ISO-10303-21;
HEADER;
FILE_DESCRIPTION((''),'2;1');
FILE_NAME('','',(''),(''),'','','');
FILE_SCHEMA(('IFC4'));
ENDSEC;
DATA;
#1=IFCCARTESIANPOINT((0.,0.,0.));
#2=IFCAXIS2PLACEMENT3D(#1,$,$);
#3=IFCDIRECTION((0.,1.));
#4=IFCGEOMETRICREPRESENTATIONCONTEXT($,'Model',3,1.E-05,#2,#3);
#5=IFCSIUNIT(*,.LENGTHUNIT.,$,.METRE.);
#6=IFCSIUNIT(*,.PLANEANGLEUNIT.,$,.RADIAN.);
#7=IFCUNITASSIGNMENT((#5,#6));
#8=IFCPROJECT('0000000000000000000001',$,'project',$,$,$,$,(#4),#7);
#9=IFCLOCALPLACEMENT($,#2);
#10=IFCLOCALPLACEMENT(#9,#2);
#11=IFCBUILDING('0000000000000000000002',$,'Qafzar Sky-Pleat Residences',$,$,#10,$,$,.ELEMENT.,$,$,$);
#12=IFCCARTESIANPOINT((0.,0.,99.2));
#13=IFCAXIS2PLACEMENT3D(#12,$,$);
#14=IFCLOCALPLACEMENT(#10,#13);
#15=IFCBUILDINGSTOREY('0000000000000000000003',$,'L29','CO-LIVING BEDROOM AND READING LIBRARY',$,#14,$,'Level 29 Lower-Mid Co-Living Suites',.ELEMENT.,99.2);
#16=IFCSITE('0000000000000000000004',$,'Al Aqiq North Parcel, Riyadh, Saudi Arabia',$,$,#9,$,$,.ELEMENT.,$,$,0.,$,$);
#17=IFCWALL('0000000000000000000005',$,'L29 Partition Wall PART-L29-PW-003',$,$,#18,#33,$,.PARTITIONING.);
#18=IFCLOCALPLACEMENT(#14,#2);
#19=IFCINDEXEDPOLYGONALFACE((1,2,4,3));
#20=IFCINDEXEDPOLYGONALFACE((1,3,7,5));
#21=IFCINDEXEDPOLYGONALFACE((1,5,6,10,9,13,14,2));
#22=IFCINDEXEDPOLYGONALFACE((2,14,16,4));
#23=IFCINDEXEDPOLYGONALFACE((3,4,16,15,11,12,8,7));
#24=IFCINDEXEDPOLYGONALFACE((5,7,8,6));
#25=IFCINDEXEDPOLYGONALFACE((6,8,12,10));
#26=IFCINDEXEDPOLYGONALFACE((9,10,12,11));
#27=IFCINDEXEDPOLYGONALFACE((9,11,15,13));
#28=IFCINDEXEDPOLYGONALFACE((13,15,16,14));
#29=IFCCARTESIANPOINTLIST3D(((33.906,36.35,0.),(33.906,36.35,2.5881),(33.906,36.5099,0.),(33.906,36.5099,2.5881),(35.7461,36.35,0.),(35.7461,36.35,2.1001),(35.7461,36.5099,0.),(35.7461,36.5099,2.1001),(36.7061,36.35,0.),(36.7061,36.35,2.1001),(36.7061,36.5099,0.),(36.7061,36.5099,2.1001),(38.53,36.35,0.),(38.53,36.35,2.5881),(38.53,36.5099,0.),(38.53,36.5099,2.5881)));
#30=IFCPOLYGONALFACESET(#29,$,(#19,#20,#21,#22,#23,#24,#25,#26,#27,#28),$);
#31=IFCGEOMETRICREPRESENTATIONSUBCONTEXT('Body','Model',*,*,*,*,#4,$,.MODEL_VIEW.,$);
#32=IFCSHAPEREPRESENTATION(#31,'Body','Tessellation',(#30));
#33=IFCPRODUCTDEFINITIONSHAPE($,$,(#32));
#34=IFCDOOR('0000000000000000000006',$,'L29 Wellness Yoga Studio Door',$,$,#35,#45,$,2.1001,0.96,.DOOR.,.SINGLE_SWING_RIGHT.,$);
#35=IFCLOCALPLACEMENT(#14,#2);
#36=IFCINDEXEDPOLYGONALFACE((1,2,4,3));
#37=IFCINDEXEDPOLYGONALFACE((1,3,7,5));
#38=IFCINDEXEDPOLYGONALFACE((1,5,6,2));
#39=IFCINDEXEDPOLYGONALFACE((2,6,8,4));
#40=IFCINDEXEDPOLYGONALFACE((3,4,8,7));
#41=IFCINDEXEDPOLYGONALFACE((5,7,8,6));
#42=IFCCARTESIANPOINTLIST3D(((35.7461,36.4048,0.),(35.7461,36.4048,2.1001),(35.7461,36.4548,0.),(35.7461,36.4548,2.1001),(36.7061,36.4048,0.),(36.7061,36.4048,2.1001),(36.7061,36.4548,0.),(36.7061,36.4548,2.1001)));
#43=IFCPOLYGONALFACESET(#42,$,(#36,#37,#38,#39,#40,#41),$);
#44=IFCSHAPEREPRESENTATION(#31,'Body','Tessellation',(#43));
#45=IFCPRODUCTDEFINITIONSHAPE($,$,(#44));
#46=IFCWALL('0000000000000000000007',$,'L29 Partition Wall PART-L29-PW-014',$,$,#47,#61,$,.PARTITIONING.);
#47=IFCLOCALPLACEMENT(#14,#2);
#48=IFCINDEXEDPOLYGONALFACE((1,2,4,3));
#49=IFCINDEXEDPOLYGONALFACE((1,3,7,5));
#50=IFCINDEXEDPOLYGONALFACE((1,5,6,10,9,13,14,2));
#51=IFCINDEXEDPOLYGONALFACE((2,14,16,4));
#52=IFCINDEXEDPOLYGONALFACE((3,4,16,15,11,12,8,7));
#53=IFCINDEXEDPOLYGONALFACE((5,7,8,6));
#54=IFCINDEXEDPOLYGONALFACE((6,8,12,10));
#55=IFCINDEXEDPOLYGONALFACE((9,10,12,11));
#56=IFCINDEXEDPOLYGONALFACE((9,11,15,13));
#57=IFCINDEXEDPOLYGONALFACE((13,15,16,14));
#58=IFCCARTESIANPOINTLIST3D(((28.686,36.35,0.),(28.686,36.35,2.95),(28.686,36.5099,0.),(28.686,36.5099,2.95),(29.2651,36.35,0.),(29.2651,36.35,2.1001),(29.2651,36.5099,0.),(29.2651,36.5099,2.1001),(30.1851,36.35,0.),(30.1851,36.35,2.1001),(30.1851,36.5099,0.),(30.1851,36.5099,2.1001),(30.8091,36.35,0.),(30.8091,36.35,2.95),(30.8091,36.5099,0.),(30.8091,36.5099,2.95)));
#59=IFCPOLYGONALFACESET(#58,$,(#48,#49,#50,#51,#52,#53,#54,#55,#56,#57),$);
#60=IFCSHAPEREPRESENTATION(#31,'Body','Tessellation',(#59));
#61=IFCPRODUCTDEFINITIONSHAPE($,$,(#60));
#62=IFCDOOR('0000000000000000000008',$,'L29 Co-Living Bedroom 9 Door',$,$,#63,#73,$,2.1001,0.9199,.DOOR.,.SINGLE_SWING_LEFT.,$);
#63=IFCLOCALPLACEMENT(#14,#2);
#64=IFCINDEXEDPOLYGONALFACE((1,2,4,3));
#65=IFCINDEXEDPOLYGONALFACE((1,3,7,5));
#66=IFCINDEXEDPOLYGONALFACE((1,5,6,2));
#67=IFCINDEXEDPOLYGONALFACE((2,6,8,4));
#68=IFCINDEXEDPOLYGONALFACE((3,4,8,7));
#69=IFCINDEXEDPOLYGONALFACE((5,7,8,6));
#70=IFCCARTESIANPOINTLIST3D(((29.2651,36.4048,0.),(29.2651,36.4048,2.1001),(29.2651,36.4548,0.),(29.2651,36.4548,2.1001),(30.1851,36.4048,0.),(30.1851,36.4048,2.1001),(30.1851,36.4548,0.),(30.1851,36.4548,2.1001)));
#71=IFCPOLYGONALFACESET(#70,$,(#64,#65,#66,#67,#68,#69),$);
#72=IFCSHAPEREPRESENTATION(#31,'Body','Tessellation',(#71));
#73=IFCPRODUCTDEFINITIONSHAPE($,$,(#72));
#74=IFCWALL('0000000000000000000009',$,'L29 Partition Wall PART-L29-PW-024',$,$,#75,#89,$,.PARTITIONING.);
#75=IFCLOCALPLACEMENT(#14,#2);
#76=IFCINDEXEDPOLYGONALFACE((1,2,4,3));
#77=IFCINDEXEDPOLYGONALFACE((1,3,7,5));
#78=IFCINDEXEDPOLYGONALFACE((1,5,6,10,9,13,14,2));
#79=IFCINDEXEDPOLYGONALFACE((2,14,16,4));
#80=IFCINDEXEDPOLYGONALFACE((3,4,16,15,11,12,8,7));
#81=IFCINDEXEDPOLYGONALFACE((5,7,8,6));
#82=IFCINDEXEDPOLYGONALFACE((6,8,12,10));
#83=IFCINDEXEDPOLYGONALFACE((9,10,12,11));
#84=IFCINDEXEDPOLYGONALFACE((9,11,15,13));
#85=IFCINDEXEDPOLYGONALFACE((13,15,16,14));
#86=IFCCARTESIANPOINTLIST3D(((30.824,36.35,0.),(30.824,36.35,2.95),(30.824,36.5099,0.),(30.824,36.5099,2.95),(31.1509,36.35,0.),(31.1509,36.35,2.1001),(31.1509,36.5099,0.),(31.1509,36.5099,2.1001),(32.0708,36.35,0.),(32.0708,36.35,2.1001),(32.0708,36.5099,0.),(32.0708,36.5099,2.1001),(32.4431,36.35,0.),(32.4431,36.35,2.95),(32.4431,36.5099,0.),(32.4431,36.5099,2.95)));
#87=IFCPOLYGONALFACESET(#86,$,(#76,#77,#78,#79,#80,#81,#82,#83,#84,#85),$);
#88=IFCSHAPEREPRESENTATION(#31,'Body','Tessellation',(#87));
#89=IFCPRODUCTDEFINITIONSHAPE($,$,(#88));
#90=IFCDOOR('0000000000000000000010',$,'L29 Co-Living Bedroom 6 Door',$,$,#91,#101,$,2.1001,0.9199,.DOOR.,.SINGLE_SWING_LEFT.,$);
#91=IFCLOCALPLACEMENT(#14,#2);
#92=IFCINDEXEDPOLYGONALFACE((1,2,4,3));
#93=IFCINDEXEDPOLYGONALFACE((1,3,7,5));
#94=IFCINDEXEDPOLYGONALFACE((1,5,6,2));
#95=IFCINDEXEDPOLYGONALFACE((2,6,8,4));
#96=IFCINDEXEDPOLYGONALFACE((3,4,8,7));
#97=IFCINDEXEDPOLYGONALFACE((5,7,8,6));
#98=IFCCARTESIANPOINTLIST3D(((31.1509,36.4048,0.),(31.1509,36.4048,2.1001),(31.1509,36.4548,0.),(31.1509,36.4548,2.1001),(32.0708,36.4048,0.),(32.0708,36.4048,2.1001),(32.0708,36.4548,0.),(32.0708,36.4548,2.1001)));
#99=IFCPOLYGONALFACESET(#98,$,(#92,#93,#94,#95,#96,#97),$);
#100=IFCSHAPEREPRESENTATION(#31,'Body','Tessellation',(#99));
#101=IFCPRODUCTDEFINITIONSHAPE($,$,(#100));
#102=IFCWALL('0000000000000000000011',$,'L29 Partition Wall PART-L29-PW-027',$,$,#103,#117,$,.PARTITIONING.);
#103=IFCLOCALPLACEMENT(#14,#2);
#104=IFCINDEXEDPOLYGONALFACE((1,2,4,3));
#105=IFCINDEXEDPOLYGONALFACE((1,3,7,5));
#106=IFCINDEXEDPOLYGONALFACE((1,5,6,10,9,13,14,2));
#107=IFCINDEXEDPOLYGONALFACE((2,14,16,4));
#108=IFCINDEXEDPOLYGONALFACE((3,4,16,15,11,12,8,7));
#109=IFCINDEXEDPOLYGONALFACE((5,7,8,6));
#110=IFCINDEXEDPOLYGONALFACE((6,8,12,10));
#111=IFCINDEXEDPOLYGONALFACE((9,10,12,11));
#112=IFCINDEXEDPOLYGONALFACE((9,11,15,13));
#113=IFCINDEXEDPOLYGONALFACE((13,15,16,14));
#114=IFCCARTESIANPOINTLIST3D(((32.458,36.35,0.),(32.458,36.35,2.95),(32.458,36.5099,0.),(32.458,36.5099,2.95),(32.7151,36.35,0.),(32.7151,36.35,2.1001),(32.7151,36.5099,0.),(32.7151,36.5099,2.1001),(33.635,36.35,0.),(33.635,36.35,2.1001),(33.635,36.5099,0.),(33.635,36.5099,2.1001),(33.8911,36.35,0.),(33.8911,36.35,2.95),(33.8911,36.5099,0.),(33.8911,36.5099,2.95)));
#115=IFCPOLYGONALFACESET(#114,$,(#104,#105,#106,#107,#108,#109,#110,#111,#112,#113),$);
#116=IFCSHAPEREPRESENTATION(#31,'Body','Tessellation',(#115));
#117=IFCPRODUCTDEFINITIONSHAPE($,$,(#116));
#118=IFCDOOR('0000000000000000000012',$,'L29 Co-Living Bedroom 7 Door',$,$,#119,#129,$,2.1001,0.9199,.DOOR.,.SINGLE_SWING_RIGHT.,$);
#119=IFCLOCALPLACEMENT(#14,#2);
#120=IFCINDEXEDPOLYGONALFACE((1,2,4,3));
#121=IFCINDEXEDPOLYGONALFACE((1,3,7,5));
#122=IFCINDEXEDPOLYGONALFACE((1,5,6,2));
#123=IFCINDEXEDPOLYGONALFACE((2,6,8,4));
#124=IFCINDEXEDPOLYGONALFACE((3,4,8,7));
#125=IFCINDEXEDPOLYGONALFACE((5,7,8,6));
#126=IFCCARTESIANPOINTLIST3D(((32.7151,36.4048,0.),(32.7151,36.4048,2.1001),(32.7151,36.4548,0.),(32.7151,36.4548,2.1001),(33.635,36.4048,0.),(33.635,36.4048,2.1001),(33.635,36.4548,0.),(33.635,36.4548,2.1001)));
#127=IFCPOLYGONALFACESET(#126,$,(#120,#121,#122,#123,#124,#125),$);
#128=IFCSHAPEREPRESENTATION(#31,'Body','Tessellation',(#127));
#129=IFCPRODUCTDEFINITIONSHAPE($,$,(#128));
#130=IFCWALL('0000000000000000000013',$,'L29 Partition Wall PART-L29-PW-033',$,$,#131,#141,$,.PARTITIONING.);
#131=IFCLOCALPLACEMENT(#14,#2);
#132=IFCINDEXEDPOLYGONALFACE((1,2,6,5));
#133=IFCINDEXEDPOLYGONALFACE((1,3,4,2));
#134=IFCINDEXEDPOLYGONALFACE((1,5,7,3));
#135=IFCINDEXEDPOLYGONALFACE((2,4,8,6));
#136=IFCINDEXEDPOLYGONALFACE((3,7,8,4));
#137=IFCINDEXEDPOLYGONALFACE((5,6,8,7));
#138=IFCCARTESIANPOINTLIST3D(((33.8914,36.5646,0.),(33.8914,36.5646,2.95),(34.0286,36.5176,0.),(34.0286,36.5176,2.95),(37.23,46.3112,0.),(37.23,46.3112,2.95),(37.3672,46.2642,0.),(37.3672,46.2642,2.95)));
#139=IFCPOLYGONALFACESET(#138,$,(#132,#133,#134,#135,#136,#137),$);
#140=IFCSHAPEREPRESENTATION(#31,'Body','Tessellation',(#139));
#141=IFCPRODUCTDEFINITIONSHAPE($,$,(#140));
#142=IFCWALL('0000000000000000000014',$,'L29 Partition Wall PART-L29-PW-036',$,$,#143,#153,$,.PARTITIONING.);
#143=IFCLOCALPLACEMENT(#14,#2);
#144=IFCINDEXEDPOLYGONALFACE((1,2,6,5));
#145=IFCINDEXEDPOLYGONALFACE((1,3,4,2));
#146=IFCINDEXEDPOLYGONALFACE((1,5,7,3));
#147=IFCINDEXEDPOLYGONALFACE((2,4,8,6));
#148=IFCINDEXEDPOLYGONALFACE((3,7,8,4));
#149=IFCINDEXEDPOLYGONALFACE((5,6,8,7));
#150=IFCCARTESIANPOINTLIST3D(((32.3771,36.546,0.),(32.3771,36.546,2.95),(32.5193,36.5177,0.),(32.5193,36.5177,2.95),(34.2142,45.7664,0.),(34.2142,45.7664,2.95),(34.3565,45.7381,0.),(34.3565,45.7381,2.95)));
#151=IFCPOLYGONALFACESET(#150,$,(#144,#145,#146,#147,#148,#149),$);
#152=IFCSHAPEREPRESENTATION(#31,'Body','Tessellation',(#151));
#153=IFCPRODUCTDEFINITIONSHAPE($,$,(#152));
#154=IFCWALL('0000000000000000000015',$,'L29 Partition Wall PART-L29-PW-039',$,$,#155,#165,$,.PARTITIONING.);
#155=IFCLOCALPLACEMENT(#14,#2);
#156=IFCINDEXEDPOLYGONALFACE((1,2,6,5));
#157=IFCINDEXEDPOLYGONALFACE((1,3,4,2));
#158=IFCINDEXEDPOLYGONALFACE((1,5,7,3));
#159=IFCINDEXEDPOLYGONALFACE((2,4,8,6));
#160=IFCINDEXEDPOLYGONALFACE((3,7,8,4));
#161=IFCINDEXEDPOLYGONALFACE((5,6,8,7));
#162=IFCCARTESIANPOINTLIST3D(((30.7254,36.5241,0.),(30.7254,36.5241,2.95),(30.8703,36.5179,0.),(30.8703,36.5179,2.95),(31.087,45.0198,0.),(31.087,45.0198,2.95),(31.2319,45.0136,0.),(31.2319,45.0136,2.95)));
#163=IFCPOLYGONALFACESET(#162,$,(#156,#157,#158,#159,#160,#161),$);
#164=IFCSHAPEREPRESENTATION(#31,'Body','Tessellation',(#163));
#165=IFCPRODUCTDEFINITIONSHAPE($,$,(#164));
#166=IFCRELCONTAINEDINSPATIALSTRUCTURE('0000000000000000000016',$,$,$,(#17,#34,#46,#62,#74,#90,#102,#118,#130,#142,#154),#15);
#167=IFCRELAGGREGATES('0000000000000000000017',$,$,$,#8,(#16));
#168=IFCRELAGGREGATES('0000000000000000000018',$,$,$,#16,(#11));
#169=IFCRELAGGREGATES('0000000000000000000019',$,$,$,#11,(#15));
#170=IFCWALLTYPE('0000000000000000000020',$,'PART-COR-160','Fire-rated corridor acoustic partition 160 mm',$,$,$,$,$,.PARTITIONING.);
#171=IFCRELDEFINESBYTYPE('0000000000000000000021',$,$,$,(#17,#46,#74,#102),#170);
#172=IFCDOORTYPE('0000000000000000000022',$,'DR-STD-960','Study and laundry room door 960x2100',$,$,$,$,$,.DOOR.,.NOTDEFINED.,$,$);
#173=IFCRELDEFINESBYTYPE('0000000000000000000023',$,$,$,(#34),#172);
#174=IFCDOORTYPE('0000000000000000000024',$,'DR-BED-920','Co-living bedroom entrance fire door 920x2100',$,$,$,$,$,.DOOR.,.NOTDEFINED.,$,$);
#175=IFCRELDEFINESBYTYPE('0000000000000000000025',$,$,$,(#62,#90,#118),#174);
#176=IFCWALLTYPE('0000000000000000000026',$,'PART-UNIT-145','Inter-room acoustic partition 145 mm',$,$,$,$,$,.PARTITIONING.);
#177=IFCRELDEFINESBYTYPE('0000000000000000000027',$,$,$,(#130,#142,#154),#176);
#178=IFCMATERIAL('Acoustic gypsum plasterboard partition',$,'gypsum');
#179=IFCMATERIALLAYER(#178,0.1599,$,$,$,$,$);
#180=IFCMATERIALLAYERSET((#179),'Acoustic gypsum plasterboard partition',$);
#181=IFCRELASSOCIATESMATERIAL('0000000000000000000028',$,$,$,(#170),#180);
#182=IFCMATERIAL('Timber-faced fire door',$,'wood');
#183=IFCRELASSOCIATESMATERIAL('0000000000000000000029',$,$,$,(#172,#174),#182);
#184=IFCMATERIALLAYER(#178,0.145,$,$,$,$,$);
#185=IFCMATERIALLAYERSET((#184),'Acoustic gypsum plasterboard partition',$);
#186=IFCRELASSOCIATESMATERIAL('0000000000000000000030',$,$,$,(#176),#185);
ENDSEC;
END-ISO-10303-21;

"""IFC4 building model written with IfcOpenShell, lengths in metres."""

from ifc_helpers import new_model, si_unit, direction, frame, frame_2d, origin, place, context, subcontext, project, spatial, rectangle, extrude, source, transform, mapped, material, layer, layer_set, type_object, element, fill, save


model = new_model("IFC4")

# Units and contexts
model_context = context("Model", 3, precision=1e-05, world=origin(), true_north=direction((0.0, 1.0)))
body_context = subcontext(model_context, "Body", "Model", "MODEL_VIEW")
ifc_project = project(units=[si_unit("LENGTHUNIT", "METRE"), si_unit("PLANEANGLEUNIT", "RADIAN")], contexts=[model_context])

# Site, building, storey
site_placement = place(None, origin())
site = spatial("IfcSite", under=ifc_project, at=site_placement, Name="Al Aqiq North Parcel, Riyadh, Saudi Arabia", CompositionType="ELEMENT", RefElevation=0.0)
building_placement = place(site_placement, origin())
building = spatial("IfcBuilding", under=site, at=building_placement, Name="Qafzar Sky-Pleat Residences", CompositionType="ELEMENT")
storey_placement = place(building_placement, frame((0.0, 0.0, 99.2)))
storey = spatial("IfcBuildingStorey", under=building, at=storey_placement, Name="L29", Description="CO-LIVING BEDROOM AND READING LIBRARY", LongName="Level 29 Lower-Mid Co-Living Suites", CompositionType="ELEMENT", Elevation=99.2)

# Walls, openings, doors
ifc_material_1 = material(Name="Acoustic gypsum plasterboard partition", Category="gypsum")
ifc_layer_1 = layer(ifc_material_1, 0.1599)
ifc_layer_set_1 = layer_set([ifc_layer_1], Name="Acoustic gypsum plasterboard partition")
wall_type_1 = type_object("IfcWallType", Name="PART-COR-160", Description="Fire-rated corridor acoustic partition 160 mm", PredefinedType="PARTITIONING", material=ifc_layer_set_1)
wall_1_placement = place(storey_placement, frame((33.906, 36.4299, 0.0), z_axis=(0.0, 0.0, 1.0), x_axis=(1.0, 0.0, 0.0)))
wall_1 = element("IfcWall", 1, at=wall_1_placement, inside=storey, type_object=wall_type_1, Name="L29 Partition Wall PART-L29-PW-003", PredefinedType="PARTITIONING", context=body_context, shape_type="SweptSolid", body=[
    extrude(rectangle(XDim=4.624, YDim=0.1599, at=frame_2d((2.312, 0.0))), origin(), (0.0, 0.0, 1.0), 2.5881),
])
opening_1_placement = place(wall_1_placement, frame((1.8401, 0.0, 0.0)))
opening_1 = element("IfcOpeningElement", 2, at=opening_1_placement, cuts=wall_1, PredefinedType="OPENING", context=body_context, shape_type="SweptSolid", body=[
    extrude(rectangle(XDim=0.96, YDim=2.1001, at=frame_2d((0.48, 1.05))), frame((0.0, 0.0898, 0.0), z_axis=(0.0, -1.0, 0.0), x_axis=(1.0, 0.0, 0.0)), (0.0, 0.0, 1.0), 0.1799),
])
ifc_material_2 = material(Name="Timber-faced fire door", Category="wood")
door_type_1 = type_object("IfcDoorType", Name="DR-STD-960", Description="Study and laundry room door 960x2100", OperationType="NOTDEFINED", PredefinedType="DOOR", material=ifc_material_2)
shared_shape_1 = source(origin(), body_context, "Body", "SweptSolid", [
    extrude(rectangle(XDim=0.96, YDim=2.1001, at=frame_2d((0.48, 1.05))), frame((0.0, 0.0249, 0.0), z_axis=(0.0, -1.0, 0.0), x_axis=(1.0, 0.0, 0.0)), (0.0, 0.0, 1.0), 0.05),
])
door_1_placement = place(opening_1_placement, origin())
door_1 = element("IfcDoor", 3, at=door_1_placement, inside=storey, type_object=door_type_1, Name="L29 Wellness Yoga Studio Door", OperationType="SINGLE_SWING_RIGHT", OverallHeight=2.1001, OverallWidth=0.96, PredefinedType="DOOR", context=body_context, shape_type="MappedRepresentation", body=[
    mapped(shared_shape_1, transform((0.0, 0.0, 0.0), x_axis=(1.0, 0.0, 0.0), y_axis=(0.0, 1.0, 0.0), z_axis=(0.0, 0.0, 1.0), scale=1.0)),
])
fill(opening_1, door_1)
wall_2_placement = place(storey_placement, frame((28.686, 36.4299, 0.0), z_axis=(0.0, 0.0, 1.0), x_axis=(1.0, 0.0, 0.0)))
wall_2 = element("IfcWall", 4, at=wall_2_placement, inside=storey, type_object=wall_type_1, Name="L29 Partition Wall PART-L29-PW-014", PredefinedType="PARTITIONING", context=body_context, shape_type="SweptSolid", body=[
    extrude(rectangle(XDim=2.123, YDim=0.1599, at=frame_2d((1.0615, 0.0))), origin(), (0.0, 0.0, 1.0), 2.95),
])
opening_2_placement = place(wall_2_placement, frame((0.5791, 0.0, 0.0)))
opening_2 = element("IfcOpeningElement", 5, at=opening_2_placement, cuts=wall_2, PredefinedType="OPENING", context=body_context, shape_type="SweptSolid", body=[
    extrude(rectangle(XDim=0.9199, YDim=2.1001, at=frame_2d((0.46, 1.05))), frame((0.0, 0.0898, 0.0), z_axis=(0.0, -1.0, 0.0), x_axis=(1.0, 0.0, 0.0)), (0.0, 0.0, 1.0), 0.1799),
])
door_type_2 = type_object("IfcDoorType", Name="DR-BED-920", Description="Co-living bedroom entrance fire door 920x2100", OperationType="NOTDEFINED", PredefinedType="DOOR", material=ifc_material_2)
shared_shape_2 = source(origin(), body_context, "Body", "SweptSolid", [
    extrude(rectangle(XDim=0.9199, YDim=2.1001, at=frame_2d((0.46, 1.05))), frame((0.0, 0.0249, 0.0), z_axis=(0.0, -1.0, 0.0), x_axis=(1.0, 0.0, 0.0)), (0.0, 0.0, 1.0), 0.05),
])
door_2_placement = place(opening_2_placement, origin())
door_2 = element("IfcDoor", 6, at=door_2_placement, inside=storey, type_object=door_type_2, Name="L29 Co-Living Bedroom 9 Door", OperationType="SINGLE_SWING_LEFT", OverallHeight=2.1001, OverallWidth=0.9199, PredefinedType="DOOR", context=body_context, shape_type="MappedRepresentation", body=[
    mapped(shared_shape_2, transform((0.0, 0.0, 0.0), x_axis=(1.0, 0.0, 0.0), y_axis=(0.0, 1.0, 0.0), z_axis=(0.0, 0.0, 1.0), scale=1.0)),
])
fill(opening_2, door_2)
wall_3_placement = place(storey_placement, frame((30.824, 36.4299, 0.0), z_axis=(0.0, 0.0, 1.0), x_axis=(1.0, 0.0, 0.0)))
wall_3 = element("IfcWall", 7, at=wall_3_placement, inside=storey, type_object=wall_type_1, Name="L29 Partition Wall PART-L29-PW-024", PredefinedType="PARTITIONING", context=body_context, shape_type="SweptSolid", body=[
    extrude(rectangle(XDim=1.6191, YDim=0.1599, at=frame_2d((0.8096, 0.0))), origin(), (0.0, 0.0, 1.0), 2.95),
])
opening_3_placement = place(wall_3_placement, frame((0.3269, 0.0, 0.0)))
opening_3 = element("IfcOpeningElement", 8, at=opening_3_placement, cuts=wall_3, PredefinedType="OPENING", context=body_context, shape_type="SweptSolid", body=[
    extrude(rectangle(XDim=0.9199, YDim=2.1001, at=frame_2d((0.46, 1.05))), frame((0.0, 0.0898, 0.0), z_axis=(0.0, -1.0, 0.0), x_axis=(1.0, 0.0, 0.0)), (0.0, 0.0, 1.0), 0.1799),
])
door_3_placement = place(opening_3_placement, origin())
door_3 = element("IfcDoor", 9, at=door_3_placement, inside=storey, type_object=door_type_2, Name="L29 Co-Living Bedroom 6 Door", OperationType="SINGLE_SWING_LEFT", OverallHeight=2.1001, OverallWidth=0.9199, PredefinedType="DOOR", context=body_context, shape_type="MappedRepresentation", body=[
    mapped(shared_shape_2, transform((0.0, 0.0, 0.0), x_axis=(1.0, 0.0, 0.0), y_axis=(0.0, 1.0, 0.0), z_axis=(0.0, 0.0, 1.0), scale=1.0)),
])
fill(opening_3, door_3)
wall_4_placement = place(storey_placement, frame((32.458, 36.4299, 0.0), z_axis=(0.0, 0.0, 1.0), x_axis=(1.0, 0.0, 0.0)))
wall_4 = element("IfcWall", 10, at=wall_4_placement, inside=storey, type_object=wall_type_1, Name="L29 Partition Wall PART-L29-PW-027", PredefinedType="PARTITIONING", context=body_context, shape_type="SweptSolid", body=[
    extrude(rectangle(XDim=1.4331, YDim=0.1599, at=frame_2d((0.7166, 0.0))), origin(), (0.0, 0.0, 1.0), 2.95),
])
opening_4_placement = place(wall_4_placement, frame((0.2571, 0.0, 0.0)))
opening_4 = element("IfcOpeningElement", 11, at=opening_4_placement, cuts=wall_4, PredefinedType="OPENING", context=body_context, shape_type="SweptSolid", body=[
    extrude(rectangle(XDim=0.9199, YDim=2.1001, at=frame_2d((0.46, 1.05))), frame((0.0, 0.0898, 0.0), z_axis=(0.0, -1.0, 0.0), x_axis=(1.0, 0.0, 0.0)), (0.0, 0.0, 1.0), 0.1799),
])
door_4_placement = place(opening_4_placement, origin())
door_4 = element("IfcDoor", 12, at=door_4_placement, inside=storey, type_object=door_type_2, Name="L29 Co-Living Bedroom 7 Door", OperationType="SINGLE_SWING_RIGHT", OverallHeight=2.1001, OverallWidth=0.9199, PredefinedType="DOOR", context=body_context, shape_type="MappedRepresentation", body=[
    mapped(shared_shape_2, transform((0.0, 0.0, 0.0), x_axis=(1.0, 0.0, 0.0), y_axis=(0.0, 1.0, 0.0), z_axis=(0.0, 0.0, 1.0), scale=1.0)),
])
fill(opening_4, door_4)

# Walls
ifc_layer_2 = layer(ifc_material_1, 0.145)
ifc_layer_set_2 = layer_set([ifc_layer_2], Name="Acoustic gypsum plasterboard partition")
wall_type_2 = type_object("IfcWallType", Name="PART-UNIT-145", Description="Inter-room acoustic partition 145 mm", PredefinedType="PARTITIONING", material=ifc_layer_set_2)
wall_5_placement = place(storey_placement, frame((33.96, 36.541, 0.0), z_axis=(0.0, 0.0, 1.0), x_axis=(0.324058, 0.946037, 0.0)))
element("IfcWall", 13, at=wall_5_placement, inside=storey, type_object=wall_type_2, Name="L29 Partition Wall PART-L29-PW-033", PredefinedType="PARTITIONING", context=body_context, shape_type="SweptSolid", body=[
    extrude(rectangle(XDim=10.3025, YDim=0.145, at=frame_2d((5.1514, 0.0))), origin(), (0.0, 0.0, 1.0), 2.95),
])
wall_6_placement = place(storey_placement, frame((32.4482, 36.532, 0.0), z_axis=(0.0, 0.0, 1.0), x_axis=(0.195407, 0.980722, 0.0)))
element("IfcWall", 14, at=wall_6_placement, inside=storey, type_object=wall_type_2, Name="L29 Partition Wall PART-L29-PW-036", PredefinedType="PARTITIONING", context=body_context, shape_type="SweptSolid", body=[
    extrude(rectangle(XDim=9.4016, YDim=0.145, at=frame_2d((4.7007, 0.0))), origin(), (0.0, 0.0, 1.0), 2.95),
])
wall_7_placement = place(storey_placement, frame((30.7979, 36.521, 0.0), z_axis=(0.0, 0.0, 1.0), x_axis=(0.042521, 0.999096, 0.0)))
element("IfcWall", 15, at=wall_7_placement, inside=storey, type_object=wall_type_2, Name="L29 Partition Wall PART-L29-PW-039", PredefinedType="PARTITIONING", context=body_context, shape_type="SweptSolid", body=[
    extrude(rectangle(XDim=8.5034, YDim=0.145, at=frame_2d((4.2517, 0.0))), origin(), (0.0, 0.0, 1.0), 2.95),
])

save(model, "model.ifc")
